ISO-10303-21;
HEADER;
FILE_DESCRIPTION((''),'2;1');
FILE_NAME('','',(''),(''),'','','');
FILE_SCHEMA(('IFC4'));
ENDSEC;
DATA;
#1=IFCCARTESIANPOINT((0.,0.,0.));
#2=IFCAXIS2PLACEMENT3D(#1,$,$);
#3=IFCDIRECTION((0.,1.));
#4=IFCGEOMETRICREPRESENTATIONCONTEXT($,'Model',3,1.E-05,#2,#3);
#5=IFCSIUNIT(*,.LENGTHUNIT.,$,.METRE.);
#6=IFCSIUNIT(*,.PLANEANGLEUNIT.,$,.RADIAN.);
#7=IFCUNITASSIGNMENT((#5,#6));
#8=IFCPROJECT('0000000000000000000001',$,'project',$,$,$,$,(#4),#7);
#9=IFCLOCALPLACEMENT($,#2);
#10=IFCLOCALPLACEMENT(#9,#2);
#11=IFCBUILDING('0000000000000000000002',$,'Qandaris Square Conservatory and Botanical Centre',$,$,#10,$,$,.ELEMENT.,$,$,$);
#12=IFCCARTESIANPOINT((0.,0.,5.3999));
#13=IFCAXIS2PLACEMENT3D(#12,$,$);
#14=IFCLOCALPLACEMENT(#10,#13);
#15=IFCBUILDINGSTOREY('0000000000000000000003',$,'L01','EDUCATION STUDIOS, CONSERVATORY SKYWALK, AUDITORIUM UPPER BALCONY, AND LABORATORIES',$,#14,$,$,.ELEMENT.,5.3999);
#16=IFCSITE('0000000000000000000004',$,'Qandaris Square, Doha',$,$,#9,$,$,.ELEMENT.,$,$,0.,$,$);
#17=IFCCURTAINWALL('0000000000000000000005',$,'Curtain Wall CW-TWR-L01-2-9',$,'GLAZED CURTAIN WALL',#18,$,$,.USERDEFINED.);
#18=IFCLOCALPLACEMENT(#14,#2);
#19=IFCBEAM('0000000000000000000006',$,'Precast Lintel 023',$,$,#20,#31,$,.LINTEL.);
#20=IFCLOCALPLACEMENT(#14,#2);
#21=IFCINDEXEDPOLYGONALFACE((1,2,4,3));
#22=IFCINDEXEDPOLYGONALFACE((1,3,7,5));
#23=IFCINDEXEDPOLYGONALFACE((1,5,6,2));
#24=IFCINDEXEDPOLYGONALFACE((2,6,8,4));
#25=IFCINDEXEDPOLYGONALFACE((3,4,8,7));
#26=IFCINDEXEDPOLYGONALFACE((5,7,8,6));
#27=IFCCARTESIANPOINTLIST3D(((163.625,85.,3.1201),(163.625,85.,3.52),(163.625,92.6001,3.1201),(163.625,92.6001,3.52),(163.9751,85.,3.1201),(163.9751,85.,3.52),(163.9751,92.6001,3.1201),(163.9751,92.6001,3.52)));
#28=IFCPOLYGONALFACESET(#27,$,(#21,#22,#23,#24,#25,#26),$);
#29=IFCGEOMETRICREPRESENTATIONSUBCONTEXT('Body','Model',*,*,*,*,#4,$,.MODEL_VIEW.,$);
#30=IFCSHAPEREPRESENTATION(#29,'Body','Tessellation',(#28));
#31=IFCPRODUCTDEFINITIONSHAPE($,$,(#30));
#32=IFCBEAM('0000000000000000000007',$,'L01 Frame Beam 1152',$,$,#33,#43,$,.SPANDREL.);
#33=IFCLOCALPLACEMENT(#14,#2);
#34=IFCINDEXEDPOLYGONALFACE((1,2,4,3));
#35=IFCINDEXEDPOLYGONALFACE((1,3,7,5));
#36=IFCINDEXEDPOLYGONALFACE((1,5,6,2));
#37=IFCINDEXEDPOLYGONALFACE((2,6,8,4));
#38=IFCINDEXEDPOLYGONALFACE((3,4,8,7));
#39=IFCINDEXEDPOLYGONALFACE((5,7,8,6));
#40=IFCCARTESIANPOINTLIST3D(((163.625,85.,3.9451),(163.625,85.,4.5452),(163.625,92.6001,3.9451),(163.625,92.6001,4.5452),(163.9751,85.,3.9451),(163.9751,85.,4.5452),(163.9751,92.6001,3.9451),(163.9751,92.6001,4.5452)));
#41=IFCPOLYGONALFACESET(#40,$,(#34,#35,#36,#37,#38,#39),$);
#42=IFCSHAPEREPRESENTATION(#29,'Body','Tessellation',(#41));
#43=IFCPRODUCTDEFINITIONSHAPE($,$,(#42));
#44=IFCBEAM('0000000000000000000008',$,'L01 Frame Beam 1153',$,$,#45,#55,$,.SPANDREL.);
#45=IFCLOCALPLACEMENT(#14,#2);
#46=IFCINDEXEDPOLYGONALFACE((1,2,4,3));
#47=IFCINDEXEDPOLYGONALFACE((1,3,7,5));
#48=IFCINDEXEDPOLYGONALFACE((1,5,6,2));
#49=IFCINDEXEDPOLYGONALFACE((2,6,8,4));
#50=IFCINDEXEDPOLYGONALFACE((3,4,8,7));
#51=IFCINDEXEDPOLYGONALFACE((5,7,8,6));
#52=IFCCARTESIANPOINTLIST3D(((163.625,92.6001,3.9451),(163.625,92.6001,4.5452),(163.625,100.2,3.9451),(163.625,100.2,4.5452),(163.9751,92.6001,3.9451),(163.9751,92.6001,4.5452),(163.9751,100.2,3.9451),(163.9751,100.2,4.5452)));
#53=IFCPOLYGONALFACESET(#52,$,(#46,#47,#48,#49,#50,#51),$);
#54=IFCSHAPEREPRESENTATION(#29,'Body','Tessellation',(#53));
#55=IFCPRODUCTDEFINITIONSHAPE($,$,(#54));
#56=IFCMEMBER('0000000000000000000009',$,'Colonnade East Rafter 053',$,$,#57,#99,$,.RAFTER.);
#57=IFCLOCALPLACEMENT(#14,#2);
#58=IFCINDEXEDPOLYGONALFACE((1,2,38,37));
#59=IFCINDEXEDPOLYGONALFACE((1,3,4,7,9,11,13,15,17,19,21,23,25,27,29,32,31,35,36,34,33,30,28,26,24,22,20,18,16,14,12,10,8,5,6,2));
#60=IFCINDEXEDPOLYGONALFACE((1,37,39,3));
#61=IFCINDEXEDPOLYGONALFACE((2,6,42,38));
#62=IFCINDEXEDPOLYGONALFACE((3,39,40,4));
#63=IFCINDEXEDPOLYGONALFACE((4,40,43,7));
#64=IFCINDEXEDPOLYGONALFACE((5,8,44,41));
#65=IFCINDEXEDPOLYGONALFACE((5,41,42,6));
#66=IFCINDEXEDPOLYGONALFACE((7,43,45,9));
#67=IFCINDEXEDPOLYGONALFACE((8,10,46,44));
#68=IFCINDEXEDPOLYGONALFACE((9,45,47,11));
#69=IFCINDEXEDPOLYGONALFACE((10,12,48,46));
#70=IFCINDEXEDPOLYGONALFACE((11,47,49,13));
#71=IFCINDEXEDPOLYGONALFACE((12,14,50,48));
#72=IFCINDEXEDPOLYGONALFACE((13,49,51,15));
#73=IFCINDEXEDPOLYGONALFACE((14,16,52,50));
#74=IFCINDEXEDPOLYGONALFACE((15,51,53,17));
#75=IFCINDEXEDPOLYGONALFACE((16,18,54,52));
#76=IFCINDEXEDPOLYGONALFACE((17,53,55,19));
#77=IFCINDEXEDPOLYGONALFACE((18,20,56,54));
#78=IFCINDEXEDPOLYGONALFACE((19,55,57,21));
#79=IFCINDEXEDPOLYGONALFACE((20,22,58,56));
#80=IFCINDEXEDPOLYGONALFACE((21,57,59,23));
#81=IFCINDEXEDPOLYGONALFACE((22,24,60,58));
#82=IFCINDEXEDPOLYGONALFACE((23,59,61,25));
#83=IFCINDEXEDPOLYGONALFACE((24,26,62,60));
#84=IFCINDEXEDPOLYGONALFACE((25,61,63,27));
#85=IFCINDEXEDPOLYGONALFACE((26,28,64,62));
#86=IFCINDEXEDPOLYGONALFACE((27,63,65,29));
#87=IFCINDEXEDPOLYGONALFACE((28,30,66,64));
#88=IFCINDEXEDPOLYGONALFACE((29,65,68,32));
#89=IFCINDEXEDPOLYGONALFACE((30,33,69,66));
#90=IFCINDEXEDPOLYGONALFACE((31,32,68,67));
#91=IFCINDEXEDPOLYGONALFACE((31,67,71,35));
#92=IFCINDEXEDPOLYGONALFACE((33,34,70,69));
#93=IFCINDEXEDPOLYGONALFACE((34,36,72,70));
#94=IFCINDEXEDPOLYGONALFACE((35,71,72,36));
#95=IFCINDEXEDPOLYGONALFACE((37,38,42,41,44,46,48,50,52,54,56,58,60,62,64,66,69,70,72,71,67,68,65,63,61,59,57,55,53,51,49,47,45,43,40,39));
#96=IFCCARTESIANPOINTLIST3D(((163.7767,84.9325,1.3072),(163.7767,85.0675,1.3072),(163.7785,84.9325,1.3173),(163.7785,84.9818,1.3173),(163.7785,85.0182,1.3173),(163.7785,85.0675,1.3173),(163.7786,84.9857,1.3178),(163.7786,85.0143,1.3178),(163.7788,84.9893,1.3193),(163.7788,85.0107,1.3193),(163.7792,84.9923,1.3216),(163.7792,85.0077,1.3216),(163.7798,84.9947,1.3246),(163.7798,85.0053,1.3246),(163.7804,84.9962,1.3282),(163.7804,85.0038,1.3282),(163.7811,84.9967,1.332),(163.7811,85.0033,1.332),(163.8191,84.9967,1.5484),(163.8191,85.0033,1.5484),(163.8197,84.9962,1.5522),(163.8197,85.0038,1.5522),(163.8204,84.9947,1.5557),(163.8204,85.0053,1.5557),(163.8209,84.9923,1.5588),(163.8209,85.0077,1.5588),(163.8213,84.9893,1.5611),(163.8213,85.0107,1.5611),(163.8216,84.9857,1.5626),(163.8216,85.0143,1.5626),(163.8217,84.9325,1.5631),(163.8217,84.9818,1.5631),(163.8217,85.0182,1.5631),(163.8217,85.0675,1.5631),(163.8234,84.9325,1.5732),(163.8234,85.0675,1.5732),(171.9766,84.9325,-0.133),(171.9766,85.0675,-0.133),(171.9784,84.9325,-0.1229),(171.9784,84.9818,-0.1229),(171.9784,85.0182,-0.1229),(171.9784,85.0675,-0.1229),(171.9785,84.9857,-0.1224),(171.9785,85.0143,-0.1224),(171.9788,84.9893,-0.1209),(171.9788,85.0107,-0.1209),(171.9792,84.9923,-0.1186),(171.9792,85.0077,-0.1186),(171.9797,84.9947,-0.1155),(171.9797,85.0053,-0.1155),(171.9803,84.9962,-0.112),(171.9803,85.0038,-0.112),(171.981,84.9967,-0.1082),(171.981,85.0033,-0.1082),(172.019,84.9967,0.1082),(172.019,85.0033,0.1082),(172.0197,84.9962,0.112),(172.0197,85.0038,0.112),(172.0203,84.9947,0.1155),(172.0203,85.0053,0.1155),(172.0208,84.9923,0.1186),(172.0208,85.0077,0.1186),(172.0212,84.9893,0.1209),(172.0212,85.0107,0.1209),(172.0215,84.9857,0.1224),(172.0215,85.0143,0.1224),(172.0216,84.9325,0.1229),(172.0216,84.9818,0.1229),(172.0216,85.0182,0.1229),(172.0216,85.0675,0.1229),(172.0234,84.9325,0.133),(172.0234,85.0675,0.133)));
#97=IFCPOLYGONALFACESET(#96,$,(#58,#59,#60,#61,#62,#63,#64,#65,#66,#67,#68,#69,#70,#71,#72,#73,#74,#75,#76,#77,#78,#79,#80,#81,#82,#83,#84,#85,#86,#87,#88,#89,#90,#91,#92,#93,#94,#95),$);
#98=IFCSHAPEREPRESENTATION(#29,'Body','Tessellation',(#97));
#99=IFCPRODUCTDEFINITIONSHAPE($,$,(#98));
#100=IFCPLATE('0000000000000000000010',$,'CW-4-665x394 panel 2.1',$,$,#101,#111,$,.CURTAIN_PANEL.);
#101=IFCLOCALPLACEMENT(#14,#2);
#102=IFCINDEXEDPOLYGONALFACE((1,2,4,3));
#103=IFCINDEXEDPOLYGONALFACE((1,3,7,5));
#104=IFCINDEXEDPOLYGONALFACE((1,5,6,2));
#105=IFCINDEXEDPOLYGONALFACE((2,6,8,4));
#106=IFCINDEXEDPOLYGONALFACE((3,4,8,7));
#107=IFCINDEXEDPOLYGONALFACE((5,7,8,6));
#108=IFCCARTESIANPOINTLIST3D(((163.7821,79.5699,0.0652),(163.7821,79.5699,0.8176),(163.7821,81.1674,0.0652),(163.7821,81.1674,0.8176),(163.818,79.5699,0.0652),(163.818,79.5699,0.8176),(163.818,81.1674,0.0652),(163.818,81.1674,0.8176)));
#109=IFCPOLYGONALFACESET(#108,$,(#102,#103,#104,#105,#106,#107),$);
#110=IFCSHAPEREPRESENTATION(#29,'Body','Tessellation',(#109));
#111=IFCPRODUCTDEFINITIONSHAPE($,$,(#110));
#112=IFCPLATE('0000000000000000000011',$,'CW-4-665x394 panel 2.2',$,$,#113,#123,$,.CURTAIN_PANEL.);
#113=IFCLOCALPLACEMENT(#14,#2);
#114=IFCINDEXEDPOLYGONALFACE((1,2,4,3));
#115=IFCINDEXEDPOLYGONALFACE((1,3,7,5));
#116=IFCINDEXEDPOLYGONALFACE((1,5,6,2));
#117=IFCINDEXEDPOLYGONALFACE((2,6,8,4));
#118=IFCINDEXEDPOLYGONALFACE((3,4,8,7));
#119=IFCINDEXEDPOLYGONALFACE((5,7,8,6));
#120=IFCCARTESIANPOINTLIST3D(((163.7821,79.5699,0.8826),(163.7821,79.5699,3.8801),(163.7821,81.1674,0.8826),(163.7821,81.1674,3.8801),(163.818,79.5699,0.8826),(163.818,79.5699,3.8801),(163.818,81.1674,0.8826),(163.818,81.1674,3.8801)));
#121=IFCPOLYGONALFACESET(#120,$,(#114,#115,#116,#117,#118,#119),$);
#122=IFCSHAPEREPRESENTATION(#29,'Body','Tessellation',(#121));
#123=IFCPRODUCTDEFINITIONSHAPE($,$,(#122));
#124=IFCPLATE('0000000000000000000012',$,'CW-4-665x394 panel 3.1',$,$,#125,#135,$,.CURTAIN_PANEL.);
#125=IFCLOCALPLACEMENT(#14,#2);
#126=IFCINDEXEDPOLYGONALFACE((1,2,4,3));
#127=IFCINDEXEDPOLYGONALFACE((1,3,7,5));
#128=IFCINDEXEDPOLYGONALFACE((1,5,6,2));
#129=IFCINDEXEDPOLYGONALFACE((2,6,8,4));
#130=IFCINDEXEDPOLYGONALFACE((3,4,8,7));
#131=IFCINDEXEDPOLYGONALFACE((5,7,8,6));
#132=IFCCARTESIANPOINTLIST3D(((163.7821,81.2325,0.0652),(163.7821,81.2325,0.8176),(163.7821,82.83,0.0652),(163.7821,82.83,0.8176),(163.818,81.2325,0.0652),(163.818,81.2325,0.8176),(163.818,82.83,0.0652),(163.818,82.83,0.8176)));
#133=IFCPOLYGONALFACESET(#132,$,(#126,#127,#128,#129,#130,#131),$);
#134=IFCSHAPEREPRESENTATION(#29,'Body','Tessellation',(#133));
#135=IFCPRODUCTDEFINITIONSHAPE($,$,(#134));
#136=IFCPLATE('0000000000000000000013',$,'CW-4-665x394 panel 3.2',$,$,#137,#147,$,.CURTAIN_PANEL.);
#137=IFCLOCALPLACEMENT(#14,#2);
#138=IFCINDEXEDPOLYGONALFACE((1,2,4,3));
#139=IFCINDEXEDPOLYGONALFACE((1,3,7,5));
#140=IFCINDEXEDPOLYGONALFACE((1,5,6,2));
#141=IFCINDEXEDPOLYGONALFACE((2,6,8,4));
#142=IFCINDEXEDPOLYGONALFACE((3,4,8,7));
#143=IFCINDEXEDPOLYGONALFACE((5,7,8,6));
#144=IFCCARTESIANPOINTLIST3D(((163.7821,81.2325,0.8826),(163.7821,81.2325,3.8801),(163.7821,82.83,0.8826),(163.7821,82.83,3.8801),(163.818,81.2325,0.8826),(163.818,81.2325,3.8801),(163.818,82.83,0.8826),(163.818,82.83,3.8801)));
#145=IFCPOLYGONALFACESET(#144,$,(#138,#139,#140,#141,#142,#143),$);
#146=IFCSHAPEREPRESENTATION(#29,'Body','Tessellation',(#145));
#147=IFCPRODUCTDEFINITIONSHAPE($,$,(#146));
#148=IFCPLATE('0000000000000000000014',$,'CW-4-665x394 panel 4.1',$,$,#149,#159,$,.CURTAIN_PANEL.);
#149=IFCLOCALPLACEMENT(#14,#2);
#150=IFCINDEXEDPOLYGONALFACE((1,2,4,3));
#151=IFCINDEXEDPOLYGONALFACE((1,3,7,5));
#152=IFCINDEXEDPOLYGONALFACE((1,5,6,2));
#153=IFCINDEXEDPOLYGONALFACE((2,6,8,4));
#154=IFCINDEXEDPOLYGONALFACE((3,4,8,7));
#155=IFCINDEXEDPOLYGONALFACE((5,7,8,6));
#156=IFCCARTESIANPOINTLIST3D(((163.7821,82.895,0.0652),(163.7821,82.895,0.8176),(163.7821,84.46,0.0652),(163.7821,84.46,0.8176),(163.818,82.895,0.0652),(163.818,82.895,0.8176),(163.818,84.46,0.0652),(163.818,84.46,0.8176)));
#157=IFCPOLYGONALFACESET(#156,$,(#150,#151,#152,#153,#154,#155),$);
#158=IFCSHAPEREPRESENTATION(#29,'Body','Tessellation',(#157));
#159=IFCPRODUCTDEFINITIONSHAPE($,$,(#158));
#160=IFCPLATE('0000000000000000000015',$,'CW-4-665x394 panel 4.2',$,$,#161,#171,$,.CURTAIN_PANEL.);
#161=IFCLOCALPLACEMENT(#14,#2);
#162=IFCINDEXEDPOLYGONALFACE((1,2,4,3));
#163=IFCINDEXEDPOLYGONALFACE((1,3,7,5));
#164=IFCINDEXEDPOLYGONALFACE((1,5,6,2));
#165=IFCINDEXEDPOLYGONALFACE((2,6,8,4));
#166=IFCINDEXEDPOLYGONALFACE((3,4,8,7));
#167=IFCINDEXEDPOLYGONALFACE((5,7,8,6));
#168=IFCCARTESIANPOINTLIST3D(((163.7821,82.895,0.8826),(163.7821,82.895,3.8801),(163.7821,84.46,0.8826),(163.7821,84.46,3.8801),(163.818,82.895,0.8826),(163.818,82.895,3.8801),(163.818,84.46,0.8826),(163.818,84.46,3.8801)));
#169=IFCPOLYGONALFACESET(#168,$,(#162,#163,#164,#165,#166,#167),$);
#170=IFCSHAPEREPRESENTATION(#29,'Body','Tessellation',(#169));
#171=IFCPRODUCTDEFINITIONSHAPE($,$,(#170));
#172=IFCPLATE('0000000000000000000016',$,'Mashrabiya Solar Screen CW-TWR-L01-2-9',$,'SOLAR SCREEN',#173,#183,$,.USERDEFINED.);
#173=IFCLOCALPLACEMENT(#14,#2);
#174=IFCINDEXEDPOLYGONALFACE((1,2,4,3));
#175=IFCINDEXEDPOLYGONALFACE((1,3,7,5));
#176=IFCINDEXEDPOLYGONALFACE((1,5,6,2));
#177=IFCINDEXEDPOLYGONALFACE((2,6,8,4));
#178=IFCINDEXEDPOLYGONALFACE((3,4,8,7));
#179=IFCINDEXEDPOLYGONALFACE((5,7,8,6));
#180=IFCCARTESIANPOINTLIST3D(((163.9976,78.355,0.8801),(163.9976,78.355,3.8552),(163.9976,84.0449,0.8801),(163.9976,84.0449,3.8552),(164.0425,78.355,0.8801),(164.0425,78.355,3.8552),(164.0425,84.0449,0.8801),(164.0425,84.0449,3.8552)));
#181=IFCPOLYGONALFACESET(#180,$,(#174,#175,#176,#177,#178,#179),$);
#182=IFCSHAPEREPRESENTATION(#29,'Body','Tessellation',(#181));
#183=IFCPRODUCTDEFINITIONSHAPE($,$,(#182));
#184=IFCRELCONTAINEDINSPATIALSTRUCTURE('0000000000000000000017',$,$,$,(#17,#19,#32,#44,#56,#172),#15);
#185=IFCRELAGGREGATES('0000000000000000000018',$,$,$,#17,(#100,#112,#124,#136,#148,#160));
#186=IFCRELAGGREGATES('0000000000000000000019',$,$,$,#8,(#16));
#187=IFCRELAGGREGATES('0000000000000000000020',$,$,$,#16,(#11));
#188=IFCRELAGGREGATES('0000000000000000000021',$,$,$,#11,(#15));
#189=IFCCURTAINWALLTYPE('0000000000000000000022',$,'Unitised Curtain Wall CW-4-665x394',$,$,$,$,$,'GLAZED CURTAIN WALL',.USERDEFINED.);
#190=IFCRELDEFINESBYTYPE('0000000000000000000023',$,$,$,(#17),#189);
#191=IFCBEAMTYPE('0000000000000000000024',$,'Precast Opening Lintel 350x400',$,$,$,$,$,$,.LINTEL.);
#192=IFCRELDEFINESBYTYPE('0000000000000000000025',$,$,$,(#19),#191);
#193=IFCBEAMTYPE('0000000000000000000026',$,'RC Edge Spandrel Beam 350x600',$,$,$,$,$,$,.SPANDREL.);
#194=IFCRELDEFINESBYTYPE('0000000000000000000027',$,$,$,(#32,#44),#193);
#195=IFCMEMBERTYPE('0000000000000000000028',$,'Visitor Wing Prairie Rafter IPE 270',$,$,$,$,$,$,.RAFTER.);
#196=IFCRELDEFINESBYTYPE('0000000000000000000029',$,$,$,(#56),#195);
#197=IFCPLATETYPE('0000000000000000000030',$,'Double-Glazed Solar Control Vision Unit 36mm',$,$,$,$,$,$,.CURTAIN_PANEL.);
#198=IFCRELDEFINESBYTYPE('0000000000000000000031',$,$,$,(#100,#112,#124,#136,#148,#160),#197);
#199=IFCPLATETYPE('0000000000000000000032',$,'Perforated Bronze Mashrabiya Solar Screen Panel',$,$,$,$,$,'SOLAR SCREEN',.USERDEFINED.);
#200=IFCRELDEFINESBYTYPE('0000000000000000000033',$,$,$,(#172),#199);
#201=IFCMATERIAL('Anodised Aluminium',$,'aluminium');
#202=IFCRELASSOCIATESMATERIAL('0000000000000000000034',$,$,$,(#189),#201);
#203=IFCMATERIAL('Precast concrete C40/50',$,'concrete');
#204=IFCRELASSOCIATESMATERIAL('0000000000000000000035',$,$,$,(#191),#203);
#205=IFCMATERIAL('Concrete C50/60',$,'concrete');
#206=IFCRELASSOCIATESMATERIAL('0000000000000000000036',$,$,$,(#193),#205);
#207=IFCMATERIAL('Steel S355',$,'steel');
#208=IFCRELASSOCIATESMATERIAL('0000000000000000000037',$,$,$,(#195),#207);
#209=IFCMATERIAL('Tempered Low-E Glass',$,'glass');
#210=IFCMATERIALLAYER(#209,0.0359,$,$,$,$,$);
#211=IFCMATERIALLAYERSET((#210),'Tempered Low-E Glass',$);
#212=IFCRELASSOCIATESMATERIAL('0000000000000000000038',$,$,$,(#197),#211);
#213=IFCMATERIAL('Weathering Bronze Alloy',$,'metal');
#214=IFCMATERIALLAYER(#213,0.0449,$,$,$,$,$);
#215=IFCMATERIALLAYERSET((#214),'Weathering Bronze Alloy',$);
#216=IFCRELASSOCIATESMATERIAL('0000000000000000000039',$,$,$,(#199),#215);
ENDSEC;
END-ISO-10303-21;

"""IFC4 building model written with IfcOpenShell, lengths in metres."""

from ifc_helpers import new_model, si_unit, direction, frame, origin, origin_2d, place, context, subcontext, project, spatial, rectangle, i_section, extrude, material, layer, layer_set, material_profile, profile_set, type_object, element, aggregate, save


model = new_model("IFC4")

# Units and contexts
model_context = context("Model", 3, precision=1e-05, world=origin(), true_north=direction((0.0, 1.0)))
body_context = subcontext(model_context, "Body", "Model", "MODEL_VIEW")
ifc_project = project(units=[si_unit("LENGTHUNIT", "METRE"), si_unit("PLANEANGLEUNIT", "RADIAN")], contexts=[model_context])

# Site, building, storey
site_placement = place(None, origin())
site = spatial("IfcSite", under=ifc_project, at=site_placement, Name="Qandaris Square, Doha", CompositionType="ELEMENT", RefElevation=0.0)
building_placement = place(site_placement, origin())
building = spatial("IfcBuilding", under=site, at=building_placement, Name="Qandaris Square Conservatory and Botanical Centre", CompositionType="ELEMENT")
storey_placement = place(building_placement, frame((0.0, 0.0, 5.3999)))
storey = spatial("IfcBuildingStorey", under=building, at=storey_placement, Name="L01", Description="EDUCATION STUDIOS, CONSERVATORY SKYWALK, AUDITORIUM UPPER BALCONY, AND LABORATORIES", CompositionType="ELEMENT", Elevation=5.3999)

# Shared definitions
ifc_material_1 = material(Name="Concrete C50/60", Category="concrete")

# Shared definitions
ifc_material_2 = material(Name="Steel S355", Category="steel")

# Curtain wall
ifc_material_3 = material(Name="Anodised Aluminium", Category="aluminium")
curtain_wall_type = type_object("IfcCurtainWallType", Name="Unitised Curtain Wall CW-4-665x394", ElementType="GLAZED CURTAIN WALL", PredefinedType="USERDEFINED", material=ifc_material_3)
curtain_wall_placement = place(storey_placement, origin())
curtain_wall = element("IfcCurtainWall", 1, at=curtain_wall_placement, inside=storey, type_object=curtain_wall_type, Name="Curtain Wall CW-TWR-L01-2-9", ObjectType="GLAZED CURTAIN WALL", PredefinedType="USERDEFINED")

# Beams
ifc_material_4 = material(Name="Precast concrete C40/50", Category="concrete")
ifc_material_profile_1 = material_profile(ifc_material_4, rectangle(XDim=0.3501, YDim=0.3999, at=origin_2d()), Name="RC-LN 350x400")
ifc_profile_set_1 = profile_set([ifc_material_profile_1], Name="Precast concrete C40/50")
beam_type_1 = type_object("IfcBeamType", Name="Precast Opening Lintel 350x400", PredefinedType="LINTEL", material=ifc_profile_set_1)
beam_1_placement = place(storey_placement, frame((163.8, 85.0, 3.3201), z_axis=(0.0, 1.0, 0.0), x_axis=(-1.0, 0.0, 0.0)))
element("IfcBeam", 2, at=beam_1_placement, inside=storey, type_object=beam_type_1, Name="Precast Lintel 023", PredefinedType="LINTEL", context=body_context, shape_type="SweptSolid", body=[
    extrude(rectangle(XDim=0.3501, YDim=0.3999, at=origin_2d()), origin(), (0.0, 0.0, 1.0), 7.6001),
])
ifc_material_profile_2 = material_profile(ifc_material_1, rectangle(XDim=0.3501, YDim=0.6001, at=origin_2d()), Name="RC-SP 350x600")
ifc_profile_set_2 = profile_set([ifc_material_profile_2], Name="Concrete C50/60")
beam_type_2 = type_object("IfcBeamType", Name="RC Edge Spandrel Beam 350x600", PredefinedType="SPANDREL", material=ifc_profile_set_2)
beam_2_placement = place(storey_placement, frame((163.8, 85.0, 4.2451), z_axis=(0.0, 1.0, 0.0), x_axis=(-1.0, 0.0, 0.0)))
element("IfcBeam", 3, at=beam_2_placement, inside=storey, type_object=beam_type_2, Name="L01 Frame Beam 1152", PredefinedType="SPANDREL", context=body_context, shape_type="SweptSolid", body=[
    extrude(rectangle(XDim=0.3501, YDim=0.6001, at=origin_2d()), origin(), (0.0, 0.0, 1.0), 7.6001),
])
beam_3_placement = place(storey_placement, frame((163.8, 92.6001, 4.2451), z_axis=(0.0, 1.0, 0.0), x_axis=(-1.0, 0.0, 0.0)))
element("IfcBeam", 4, at=beam_3_placement, inside=storey, type_object=beam_type_2, Name="L01 Frame Beam 1153", PredefinedType="SPANDREL", context=body_context, shape_type="SweptSolid", body=[
    extrude(rectangle(XDim=0.3501, YDim=0.6001, at=origin_2d()), origin(), (0.0, 0.0, 1.0), 7.5999),
])

# Member
ifc_material_profile_3 = material_profile(ifc_material_2, i_section(OverallWidth=0.135, OverallDepth=0.27, WebThickness=0.0066, FlangeThickness=0.0103, FilletRadius=0.0149, at=origin_2d()), Name="IPE 270")
ifc_profile_set_3 = profile_set([ifc_material_profile_3], Name="Steel S355")
member_type_1 = type_object("IfcMemberType", Name="Visitor Wing Prairie Rafter IPE 270", PredefinedType="RAFTER", material=ifc_profile_set_3)
member_1_placement = place(storey_placement, frame((172.0, 85.0, 0.0), z_axis=(-0.984924, 0.0, 0.172986), x_axis=(0.0, -1.0, 0.0)))
element("IfcMember", 5, at=member_1_placement, inside=storey, type_object=member_type_1, Name="Colonnade East Rafter 053", PredefinedType="RAFTER", context=body_context, shape_type="SweptSolid", body=[
    extrude(i_section(OverallWidth=0.135, OverallDepth=0.27, WebThickness=0.0066, FlangeThickness=0.0103, FilletRadius=0.0149, at=origin_2d()), origin(), (0.0, 0.0, 1.0), 8.3254),
])

# Plates
ifc_material_5 = material(Name="Tempered Low-E Glass", Category="glass")
ifc_layer_1 = layer(ifc_material_5, 0.0359)
ifc_layer_set_1 = layer_set([ifc_layer_1], Name="Tempered Low-E Glass")
plate_type_1 = type_object("IfcPlateType", Name="Double-Glazed Solar Control Vision Unit 36mm", PredefinedType="CURTAIN_PANEL", material=ifc_layer_set_1)
plate_1_placement = place(storey_placement, frame((163.8, 80.3687, 0.0652), z_axis=(0.0, 0.0, 1.0), x_axis=(0.0, 1.0, 0.0)))
plate_1 = element("IfcPlate", 6, at=plate_1_placement, type_object=plate_type_1, Name="CW-4-665x394 panel 2.1", PredefinedType="CURTAIN_PANEL", context=body_context, shape_type="SweptSolid", body=[
    extrude(rectangle(XDim=1.5974, YDim=0.0359, at=origin_2d()), origin(), (0.0, 0.0, 1.0), 0.7524),
])
plate_2_placement = place(storey_placement, frame((163.8, 80.3687, 0.8826), z_axis=(0.0, 0.0, 1.0), x_axis=(0.0, 1.0, 0.0)))
plate_2 = element("IfcPlate", 7, at=plate_2_placement, type_object=plate_type_1, Name="CW-4-665x394 panel 2.2", PredefinedType="CURTAIN_PANEL", context=body_context, shape_type="SweptSolid", body=[
    extrude(rectangle(XDim=1.5974, YDim=0.0359, at=origin_2d()), origin(), (0.0, 0.0, 1.0), 2.9976),
])
plate_3_placement = place(storey_placement, frame((163.8, 82.0312, 0.0652), z_axis=(0.0, 0.0, 1.0), x_axis=(0.0, 1.0, 0.0)))
plate_3 = element("IfcPlate", 8, at=plate_3_placement, type_object=plate_type_1, Name="CW-4-665x394 panel 3.1", PredefinedType="CURTAIN_PANEL", context=body_context, shape_type="SweptSolid", body=[
    extrude(rectangle(XDim=1.5974, YDim=0.0359, at=origin_2d()), origin(), (0.0, 0.0, 1.0), 0.7524),
])
plate_4_placement = place(storey_placement, frame((163.8, 82.0312, 0.8826), z_axis=(0.0, 0.0, 1.0), x_axis=(0.0, 1.0, 0.0)))
plate_4 = element("IfcPlate", 9, at=plate_4_placement, type_object=plate_type_1, Name="CW-4-665x394 panel 3.2", PredefinedType="CURTAIN_PANEL", context=body_context, shape_type="SweptSolid", body=[
    extrude(rectangle(XDim=1.5974, YDim=0.0359, at=origin_2d()), origin(), (0.0, 0.0, 1.0), 2.9976),
])
plate_5_placement = place(storey_placement, frame((163.8, 83.6775, 0.0652), z_axis=(0.0, 0.0, 1.0), x_axis=(0.0, 1.0, 0.0)))
plate_5 = element("IfcPlate", 10, at=plate_5_placement, type_object=plate_type_1, Name="CW-4-665x394 panel 4.1", PredefinedType="CURTAIN_PANEL", context=body_context, shape_type="SweptSolid", body=[
    extrude(rectangle(XDim=1.5649, YDim=0.0359, at=origin_2d()), origin(), (0.0, 0.0, 1.0), 0.7524),
])
plate_6_placement = place(storey_placement, frame((163.8, 83.6775, 0.8826), z_axis=(0.0, 0.0, 1.0), x_axis=(0.0, 1.0, 0.0)))
plate_6 = element("IfcPlate", 11, at=plate_6_placement, type_object=plate_type_1, Name="CW-4-665x394 panel 4.2", PredefinedType="CURTAIN_PANEL", context=body_context, shape_type="SweptSolid", body=[
    extrude(rectangle(XDim=1.5649, YDim=0.0359, at=origin_2d()), origin(), (0.0, 0.0, 1.0), 2.9976),
])
aggregate(curtain_wall, [plate_1, plate_2, plate_3, plate_4, plate_5, plate_6])
ifc_material_6 = material(Name="Weathering Bronze Alloy", Category="metal")
ifc_layer_2 = layer(ifc_material_6, 0.0449)
ifc_layer_set_2 = layer_set([ifc_layer_2], Name="Weathering Bronze Alloy")
plate_type_2 = type_object("IfcPlateType", Name="Perforated Bronze Mashrabiya Solar Screen Panel", ElementType="SOLAR SCREEN", PredefinedType="USERDEFINED", material=ifc_layer_set_2)
plate_7_placement = place(storey_placement, frame((164.02, 81.2, 0.8801), z_axis=(0.0, 0.0, 1.0), x_axis=(0.0, 1.0, 0.0)))
element("IfcPlate", 12, at=plate_7_placement, inside=storey, type_object=plate_type_2, Name="Mashrabiya Solar Screen CW-TWR-L01-2-9", ObjectType="SOLAR SCREEN", PredefinedType="USERDEFINED", context=body_context, shape_type="SweptSolid", body=[
    extrude(rectangle(XDim=5.6899, YDim=0.0449, at=origin_2d()), origin(), (0.0, 0.0, 1.0), 2.9751),
])

save(model, "model.ifc")
